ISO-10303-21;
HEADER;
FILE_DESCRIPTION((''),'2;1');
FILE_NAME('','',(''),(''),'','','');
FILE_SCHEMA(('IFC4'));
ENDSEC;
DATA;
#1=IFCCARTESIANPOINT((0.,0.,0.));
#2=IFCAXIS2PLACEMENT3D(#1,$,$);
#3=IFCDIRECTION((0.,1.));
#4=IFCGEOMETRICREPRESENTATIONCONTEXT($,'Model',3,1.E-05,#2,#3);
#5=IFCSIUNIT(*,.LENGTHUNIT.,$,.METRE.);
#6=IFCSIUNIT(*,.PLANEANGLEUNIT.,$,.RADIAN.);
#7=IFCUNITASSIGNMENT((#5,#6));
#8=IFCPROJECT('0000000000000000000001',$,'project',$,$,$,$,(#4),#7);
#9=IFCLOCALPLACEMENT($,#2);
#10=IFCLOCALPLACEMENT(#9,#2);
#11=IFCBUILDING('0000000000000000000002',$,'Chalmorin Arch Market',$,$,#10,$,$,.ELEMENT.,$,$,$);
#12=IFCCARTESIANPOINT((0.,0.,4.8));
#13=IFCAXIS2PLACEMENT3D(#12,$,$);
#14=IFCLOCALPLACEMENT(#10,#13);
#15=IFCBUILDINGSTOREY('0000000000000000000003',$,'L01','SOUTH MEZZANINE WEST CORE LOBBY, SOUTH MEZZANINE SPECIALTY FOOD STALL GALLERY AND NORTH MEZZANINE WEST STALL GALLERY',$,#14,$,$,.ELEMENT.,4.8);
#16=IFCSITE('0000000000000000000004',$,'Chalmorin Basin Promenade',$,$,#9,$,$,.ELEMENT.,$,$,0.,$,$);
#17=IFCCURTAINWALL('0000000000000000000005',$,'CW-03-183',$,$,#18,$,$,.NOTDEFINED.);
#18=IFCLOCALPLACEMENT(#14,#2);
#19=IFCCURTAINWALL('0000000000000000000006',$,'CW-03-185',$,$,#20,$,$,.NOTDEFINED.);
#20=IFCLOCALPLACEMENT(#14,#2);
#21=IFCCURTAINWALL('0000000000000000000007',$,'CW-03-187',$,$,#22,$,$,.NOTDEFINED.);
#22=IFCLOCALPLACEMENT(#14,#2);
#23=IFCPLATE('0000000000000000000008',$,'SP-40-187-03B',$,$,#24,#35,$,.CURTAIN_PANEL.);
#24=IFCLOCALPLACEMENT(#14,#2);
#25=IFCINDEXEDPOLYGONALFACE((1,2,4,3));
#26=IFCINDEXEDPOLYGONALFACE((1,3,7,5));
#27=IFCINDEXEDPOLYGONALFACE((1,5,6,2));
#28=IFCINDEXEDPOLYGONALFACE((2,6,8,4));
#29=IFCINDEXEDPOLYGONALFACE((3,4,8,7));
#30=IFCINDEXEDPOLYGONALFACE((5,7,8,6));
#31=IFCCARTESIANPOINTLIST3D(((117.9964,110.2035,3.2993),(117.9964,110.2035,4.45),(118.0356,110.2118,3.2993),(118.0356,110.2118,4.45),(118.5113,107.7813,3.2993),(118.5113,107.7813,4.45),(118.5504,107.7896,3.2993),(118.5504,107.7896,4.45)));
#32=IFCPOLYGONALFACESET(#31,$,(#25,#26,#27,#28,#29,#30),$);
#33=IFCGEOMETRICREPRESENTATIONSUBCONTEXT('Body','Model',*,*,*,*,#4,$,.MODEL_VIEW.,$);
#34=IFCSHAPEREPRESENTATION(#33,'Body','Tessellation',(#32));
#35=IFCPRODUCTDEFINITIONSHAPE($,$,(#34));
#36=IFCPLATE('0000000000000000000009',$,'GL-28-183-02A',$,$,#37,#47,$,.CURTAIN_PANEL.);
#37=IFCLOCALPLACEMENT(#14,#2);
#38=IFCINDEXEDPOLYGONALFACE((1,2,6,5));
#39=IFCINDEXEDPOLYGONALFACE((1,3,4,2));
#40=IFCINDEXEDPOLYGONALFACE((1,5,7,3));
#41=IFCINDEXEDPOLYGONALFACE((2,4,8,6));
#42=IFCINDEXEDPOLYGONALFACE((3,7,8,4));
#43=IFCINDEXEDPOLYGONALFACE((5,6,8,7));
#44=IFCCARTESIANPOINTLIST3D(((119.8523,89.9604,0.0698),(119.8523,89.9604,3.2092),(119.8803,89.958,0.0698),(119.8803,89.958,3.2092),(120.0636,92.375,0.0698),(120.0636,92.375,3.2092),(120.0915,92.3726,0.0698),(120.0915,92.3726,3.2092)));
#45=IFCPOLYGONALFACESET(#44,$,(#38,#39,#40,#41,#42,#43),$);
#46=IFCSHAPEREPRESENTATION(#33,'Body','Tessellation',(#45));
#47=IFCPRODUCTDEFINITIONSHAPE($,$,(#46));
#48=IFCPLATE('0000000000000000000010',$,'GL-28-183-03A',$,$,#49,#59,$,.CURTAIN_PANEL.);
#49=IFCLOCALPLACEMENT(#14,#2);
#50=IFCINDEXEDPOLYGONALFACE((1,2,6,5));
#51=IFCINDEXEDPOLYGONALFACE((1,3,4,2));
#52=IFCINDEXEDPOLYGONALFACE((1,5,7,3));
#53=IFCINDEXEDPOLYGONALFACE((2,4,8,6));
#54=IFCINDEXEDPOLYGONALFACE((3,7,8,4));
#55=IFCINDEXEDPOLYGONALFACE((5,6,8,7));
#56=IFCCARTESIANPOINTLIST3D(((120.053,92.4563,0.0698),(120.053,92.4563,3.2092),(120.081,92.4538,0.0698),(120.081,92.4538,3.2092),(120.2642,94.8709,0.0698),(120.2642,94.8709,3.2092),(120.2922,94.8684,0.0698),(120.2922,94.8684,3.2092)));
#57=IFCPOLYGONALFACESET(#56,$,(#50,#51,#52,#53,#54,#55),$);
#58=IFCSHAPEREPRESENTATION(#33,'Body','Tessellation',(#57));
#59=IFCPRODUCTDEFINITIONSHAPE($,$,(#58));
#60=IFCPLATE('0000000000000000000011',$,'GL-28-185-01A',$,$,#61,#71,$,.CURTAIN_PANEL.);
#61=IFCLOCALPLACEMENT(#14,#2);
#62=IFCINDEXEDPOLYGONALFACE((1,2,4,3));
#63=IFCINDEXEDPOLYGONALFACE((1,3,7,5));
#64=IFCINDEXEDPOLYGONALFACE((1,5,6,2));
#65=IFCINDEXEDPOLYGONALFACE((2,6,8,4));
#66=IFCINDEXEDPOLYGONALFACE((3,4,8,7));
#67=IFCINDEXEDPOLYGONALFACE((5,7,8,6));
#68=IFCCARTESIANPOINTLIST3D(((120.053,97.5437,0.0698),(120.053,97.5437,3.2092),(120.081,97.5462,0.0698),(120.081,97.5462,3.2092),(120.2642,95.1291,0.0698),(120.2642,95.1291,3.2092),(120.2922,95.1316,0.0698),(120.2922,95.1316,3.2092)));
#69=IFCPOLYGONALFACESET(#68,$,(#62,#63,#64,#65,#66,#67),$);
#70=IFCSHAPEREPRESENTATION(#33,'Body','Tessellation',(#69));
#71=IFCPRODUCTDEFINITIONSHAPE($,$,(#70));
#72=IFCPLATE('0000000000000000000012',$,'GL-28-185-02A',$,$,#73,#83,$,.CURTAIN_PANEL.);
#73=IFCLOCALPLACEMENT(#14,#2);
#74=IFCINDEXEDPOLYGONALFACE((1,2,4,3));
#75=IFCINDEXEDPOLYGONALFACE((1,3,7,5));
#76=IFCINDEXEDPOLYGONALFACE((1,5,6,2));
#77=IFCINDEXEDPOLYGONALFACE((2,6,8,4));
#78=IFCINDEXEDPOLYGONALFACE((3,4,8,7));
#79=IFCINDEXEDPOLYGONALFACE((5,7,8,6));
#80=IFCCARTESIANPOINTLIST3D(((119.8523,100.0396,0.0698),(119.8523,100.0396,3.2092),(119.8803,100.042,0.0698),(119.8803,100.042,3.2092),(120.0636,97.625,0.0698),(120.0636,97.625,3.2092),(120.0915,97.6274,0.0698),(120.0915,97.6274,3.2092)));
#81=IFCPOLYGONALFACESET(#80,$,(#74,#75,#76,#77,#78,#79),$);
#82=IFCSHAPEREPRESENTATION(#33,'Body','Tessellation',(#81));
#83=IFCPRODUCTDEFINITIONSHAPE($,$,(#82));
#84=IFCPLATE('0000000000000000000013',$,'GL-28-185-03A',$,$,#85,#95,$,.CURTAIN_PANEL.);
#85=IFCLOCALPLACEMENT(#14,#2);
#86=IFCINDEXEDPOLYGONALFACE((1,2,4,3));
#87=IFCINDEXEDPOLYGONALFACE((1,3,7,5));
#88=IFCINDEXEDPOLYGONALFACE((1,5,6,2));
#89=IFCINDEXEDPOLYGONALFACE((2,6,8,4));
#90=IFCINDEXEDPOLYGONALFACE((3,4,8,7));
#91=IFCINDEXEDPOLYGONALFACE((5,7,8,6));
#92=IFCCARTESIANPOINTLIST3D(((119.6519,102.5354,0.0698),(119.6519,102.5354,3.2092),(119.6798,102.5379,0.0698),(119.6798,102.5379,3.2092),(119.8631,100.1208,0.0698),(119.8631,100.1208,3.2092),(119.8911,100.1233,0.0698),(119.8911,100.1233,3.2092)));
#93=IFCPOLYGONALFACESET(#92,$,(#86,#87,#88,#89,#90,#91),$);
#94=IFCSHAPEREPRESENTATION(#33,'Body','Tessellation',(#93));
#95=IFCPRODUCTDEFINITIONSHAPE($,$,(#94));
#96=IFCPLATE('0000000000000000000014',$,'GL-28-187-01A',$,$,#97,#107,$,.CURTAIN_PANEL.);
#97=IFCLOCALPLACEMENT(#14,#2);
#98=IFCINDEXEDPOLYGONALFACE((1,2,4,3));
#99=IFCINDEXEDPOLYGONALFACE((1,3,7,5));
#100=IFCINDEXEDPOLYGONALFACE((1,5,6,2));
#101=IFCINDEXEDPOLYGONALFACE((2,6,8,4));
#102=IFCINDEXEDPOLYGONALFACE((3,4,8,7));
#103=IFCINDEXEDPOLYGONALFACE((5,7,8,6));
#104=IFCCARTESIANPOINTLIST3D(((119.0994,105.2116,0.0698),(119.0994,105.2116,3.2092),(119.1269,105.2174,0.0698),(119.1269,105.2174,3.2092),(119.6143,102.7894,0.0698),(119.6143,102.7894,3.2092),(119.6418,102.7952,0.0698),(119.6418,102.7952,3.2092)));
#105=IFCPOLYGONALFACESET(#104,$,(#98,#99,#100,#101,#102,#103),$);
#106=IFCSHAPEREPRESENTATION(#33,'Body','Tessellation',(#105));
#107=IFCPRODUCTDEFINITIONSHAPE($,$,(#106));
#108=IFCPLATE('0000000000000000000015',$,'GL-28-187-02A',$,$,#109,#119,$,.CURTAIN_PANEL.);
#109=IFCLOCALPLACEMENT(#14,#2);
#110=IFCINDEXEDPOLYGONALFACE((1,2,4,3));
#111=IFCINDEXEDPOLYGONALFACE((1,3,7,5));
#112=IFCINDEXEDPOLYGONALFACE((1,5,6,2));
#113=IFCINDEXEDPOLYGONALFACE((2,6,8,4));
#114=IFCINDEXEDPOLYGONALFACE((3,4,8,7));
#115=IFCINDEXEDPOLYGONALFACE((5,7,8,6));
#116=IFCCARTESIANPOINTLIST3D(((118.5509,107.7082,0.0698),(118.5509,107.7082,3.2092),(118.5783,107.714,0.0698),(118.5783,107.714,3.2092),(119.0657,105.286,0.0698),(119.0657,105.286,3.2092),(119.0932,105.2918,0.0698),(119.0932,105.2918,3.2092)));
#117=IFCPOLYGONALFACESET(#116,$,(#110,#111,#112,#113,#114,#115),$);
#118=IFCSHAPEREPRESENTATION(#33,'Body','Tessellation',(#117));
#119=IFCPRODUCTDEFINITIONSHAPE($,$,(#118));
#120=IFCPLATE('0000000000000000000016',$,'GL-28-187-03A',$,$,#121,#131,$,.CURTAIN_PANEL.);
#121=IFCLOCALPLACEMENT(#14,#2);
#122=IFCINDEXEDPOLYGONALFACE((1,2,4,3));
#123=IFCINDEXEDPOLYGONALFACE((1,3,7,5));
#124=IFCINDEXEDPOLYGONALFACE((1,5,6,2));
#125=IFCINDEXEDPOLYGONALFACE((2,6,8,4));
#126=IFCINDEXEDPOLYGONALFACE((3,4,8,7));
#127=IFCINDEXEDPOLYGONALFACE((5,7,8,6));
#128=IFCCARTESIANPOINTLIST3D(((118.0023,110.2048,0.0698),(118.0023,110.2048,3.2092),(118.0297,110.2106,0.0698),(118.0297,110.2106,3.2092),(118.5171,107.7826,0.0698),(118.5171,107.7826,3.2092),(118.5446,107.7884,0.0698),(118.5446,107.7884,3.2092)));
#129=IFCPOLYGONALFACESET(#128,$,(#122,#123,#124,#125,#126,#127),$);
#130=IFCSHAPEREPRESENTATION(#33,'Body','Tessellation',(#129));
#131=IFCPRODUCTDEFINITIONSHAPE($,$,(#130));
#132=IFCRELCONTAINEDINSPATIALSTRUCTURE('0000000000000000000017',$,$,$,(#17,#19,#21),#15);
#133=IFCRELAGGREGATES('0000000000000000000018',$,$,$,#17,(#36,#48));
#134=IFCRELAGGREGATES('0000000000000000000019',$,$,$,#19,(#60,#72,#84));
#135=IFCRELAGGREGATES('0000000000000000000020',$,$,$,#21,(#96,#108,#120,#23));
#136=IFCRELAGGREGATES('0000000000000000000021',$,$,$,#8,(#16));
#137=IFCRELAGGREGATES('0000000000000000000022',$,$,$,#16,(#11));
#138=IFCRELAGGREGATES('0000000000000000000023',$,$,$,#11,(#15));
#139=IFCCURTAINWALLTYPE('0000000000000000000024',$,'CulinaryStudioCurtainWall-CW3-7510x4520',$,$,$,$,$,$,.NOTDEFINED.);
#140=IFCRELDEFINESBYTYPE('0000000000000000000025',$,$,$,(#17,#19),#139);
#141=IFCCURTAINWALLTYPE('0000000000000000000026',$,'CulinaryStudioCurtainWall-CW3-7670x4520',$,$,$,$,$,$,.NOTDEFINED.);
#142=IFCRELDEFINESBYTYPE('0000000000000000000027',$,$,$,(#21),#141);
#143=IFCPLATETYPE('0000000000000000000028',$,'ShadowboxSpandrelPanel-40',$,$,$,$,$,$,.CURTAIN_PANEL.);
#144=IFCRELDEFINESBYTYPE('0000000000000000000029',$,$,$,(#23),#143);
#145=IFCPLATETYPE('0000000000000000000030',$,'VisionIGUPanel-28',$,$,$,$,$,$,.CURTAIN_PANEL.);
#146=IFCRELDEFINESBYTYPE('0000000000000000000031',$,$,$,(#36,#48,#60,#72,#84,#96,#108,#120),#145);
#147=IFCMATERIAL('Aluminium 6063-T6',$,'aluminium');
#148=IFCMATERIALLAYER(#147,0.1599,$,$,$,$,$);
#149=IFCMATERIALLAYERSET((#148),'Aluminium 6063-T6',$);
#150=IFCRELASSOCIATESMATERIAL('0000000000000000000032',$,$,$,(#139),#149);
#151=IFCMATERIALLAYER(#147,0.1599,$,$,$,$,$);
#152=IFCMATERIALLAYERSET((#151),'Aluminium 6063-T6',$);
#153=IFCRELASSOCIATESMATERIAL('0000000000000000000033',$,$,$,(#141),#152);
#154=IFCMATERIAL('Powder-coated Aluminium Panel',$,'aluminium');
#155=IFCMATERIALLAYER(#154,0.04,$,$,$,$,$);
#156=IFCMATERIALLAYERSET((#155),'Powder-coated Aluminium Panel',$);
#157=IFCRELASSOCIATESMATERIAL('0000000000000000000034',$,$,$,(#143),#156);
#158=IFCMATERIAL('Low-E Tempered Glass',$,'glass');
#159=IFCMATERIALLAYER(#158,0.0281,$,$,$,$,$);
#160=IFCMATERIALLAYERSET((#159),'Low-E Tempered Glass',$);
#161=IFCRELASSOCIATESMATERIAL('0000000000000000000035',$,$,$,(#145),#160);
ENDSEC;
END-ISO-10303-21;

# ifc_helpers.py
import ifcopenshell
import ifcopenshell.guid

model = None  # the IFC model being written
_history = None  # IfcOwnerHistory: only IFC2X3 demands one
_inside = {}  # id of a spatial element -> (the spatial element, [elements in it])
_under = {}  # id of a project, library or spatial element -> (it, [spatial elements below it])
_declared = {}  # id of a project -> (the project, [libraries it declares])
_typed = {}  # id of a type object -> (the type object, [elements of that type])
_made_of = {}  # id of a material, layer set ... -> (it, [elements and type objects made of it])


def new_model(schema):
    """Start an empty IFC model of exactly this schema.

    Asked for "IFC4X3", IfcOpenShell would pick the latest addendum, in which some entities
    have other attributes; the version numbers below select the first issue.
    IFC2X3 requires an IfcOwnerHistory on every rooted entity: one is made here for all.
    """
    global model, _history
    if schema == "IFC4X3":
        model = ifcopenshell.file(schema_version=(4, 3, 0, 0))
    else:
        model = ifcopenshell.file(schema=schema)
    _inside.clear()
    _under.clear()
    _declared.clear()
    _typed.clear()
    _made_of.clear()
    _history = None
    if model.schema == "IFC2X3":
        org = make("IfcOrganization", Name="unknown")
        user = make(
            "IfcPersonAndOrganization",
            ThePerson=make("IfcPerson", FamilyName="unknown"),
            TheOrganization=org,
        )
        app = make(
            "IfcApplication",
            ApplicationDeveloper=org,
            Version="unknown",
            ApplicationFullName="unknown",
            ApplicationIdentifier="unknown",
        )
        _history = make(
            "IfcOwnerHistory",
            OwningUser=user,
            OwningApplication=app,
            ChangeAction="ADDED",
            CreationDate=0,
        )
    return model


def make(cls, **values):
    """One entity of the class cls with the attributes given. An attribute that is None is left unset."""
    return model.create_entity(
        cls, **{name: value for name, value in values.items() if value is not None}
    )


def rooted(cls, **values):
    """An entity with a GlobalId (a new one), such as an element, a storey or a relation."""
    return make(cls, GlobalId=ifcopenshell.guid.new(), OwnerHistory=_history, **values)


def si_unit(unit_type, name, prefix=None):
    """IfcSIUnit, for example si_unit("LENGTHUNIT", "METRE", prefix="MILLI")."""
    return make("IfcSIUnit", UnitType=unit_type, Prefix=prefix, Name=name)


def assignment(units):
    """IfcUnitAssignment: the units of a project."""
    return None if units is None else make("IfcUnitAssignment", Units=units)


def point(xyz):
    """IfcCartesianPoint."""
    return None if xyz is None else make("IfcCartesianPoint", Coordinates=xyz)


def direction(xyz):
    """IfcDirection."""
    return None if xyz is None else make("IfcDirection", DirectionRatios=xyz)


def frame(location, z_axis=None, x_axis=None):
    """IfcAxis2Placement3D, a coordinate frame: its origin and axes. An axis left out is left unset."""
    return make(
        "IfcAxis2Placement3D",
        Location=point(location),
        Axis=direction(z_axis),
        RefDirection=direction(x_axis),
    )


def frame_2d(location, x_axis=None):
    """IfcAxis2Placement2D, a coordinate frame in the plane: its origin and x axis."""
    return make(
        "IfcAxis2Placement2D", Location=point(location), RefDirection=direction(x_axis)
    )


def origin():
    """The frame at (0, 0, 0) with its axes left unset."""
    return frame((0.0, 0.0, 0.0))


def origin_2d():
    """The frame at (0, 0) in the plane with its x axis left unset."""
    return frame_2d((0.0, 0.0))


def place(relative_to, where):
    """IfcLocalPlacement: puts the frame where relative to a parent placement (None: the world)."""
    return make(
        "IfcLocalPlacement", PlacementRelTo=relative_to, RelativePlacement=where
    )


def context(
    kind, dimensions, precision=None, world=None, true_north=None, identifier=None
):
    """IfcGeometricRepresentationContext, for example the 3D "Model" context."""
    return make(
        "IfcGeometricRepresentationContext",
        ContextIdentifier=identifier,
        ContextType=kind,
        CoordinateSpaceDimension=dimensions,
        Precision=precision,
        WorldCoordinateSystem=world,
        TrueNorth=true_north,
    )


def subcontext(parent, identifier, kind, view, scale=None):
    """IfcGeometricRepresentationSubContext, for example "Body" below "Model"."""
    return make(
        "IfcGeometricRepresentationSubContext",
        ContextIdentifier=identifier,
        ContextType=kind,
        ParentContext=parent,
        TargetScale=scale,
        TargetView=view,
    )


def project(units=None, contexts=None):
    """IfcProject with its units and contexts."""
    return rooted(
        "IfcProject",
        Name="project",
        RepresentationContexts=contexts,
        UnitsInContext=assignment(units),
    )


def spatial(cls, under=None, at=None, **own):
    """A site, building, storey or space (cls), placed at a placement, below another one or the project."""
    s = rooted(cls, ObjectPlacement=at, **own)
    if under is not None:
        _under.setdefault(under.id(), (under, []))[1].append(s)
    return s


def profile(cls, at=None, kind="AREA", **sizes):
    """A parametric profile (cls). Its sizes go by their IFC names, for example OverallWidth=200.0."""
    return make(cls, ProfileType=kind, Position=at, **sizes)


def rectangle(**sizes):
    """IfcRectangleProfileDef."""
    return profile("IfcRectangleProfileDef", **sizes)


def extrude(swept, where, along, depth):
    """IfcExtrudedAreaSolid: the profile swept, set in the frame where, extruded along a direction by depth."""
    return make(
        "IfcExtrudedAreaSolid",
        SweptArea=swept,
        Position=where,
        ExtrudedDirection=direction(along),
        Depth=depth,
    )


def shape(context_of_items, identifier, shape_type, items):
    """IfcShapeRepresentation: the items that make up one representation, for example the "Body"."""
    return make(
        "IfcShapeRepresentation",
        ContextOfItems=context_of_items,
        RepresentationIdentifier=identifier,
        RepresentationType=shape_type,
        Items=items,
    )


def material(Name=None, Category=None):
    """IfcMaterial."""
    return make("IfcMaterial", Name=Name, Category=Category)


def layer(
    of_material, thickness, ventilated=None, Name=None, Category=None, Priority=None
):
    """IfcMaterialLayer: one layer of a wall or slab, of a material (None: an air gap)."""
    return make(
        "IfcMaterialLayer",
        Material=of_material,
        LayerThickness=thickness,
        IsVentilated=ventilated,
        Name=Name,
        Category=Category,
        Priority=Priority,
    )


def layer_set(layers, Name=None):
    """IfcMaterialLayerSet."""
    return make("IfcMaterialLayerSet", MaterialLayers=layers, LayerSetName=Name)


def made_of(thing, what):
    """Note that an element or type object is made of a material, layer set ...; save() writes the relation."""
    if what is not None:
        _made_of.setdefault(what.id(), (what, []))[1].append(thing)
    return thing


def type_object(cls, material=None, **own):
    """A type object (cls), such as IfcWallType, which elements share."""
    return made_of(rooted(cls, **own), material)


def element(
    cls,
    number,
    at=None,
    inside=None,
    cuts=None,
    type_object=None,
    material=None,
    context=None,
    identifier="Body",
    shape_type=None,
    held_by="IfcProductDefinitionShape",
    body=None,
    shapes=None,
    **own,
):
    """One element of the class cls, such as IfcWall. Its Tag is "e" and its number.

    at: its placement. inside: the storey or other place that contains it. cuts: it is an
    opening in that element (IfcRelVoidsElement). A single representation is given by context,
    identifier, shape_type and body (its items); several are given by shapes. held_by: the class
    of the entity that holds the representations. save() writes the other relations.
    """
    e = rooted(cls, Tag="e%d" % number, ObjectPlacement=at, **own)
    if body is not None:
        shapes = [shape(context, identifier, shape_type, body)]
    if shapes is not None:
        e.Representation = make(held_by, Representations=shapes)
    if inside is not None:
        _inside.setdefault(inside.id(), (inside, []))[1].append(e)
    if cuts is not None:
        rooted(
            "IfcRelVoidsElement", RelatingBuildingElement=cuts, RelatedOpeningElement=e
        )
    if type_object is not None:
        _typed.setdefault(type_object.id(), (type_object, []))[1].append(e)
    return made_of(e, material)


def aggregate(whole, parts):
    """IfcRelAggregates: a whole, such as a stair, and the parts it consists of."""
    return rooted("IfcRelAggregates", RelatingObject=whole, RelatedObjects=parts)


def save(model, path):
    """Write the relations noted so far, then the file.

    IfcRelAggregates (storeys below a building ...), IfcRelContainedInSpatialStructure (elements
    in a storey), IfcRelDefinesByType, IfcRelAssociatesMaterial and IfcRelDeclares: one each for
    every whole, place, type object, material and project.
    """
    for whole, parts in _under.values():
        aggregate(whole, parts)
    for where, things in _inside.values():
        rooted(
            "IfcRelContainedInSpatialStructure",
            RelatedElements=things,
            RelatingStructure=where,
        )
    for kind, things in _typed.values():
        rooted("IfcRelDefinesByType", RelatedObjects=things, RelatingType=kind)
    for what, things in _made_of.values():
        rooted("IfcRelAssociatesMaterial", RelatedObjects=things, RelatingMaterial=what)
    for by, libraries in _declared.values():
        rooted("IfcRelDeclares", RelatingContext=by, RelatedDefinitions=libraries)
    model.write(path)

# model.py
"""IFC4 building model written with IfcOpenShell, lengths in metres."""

from ifc_helpers import new_model, si_unit, direction, frame, origin, origin_2d, place, context, subcontext, project, spatial, rectangle, extrude, material, layer, layer_set, type_object, element, aggregate, save


model = new_model("IFC4")

# Units and contexts
model_context = context("Model", 3, precision=1e-05, world=origin(), true_north=direction((0.0, 1.0)))
body_context = subcontext(model_context, "Body", "Model", "MODEL_VIEW")
ifc_project = project(units=[si_unit("LENGTHUNIT", "METRE"), si_unit("PLANEANGLEUNIT", "RADIAN")], contexts=[model_context])

# Site, building, storey
site_placement = place(None, origin())
site = spatial("IfcSite", under=ifc_project, at=site_placement, Name="Chalmorin Basin Promenade", CompositionType="ELEMENT", RefElevation=0.0)
building_placement = place(site_placement, origin())
building = spatial("IfcBuilding", under=site, at=building_placement, Name="Chalmorin Arch Market", CompositionType="ELEMENT")
storey_placement = place(building_placement, frame((0.0, 0.0, 4.8)))
storey = spatial("IfcBuildingStorey", under=building, at=storey_placement, Name="L01", Description="SOUTH MEZZANINE WEST CORE LOBBY, SOUTH MEZZANINE SPECIALTY FOOD STALL GALLERY AND NORTH MEZZANINE WEST STALL GALLERY", CompositionType="ELEMENT", Elevation=4.8)

# Curtain walls
ifc_material_1 = material(Name="Aluminium 6063-T6", Category="aluminium")
ifc_layer_1 = layer(ifc_material_1, 0.1599)
ifc_layer_set_1 = layer_set([ifc_layer_1], Name="Aluminium 6063-T6")
curtain_wall_type_1 = type_object("IfcCurtainWallType", Name="CulinaryStudioCurtainWall-CW3-7510x4520", PredefinedType="NOTDEFINED", material=ifc_layer_set_1)
curtain_wall_1_placement = place(storey_placement, origin())
curtain_wall_1 = element("IfcCurtainWall", 1, at=curtain_wall_1_placement, inside=storey, type_object=curtain_wall_type_1, Name="CW-03-183", PredefinedType="NOTDEFINED")
curtain_wall_2_placement = place(storey_placement, origin())
curtain_wall_2 = element("IfcCurtainWall", 2, at=curtain_wall_2_placement, inside=storey, type_object=curtain_wall_type_1, Name="CW-03-185", PredefinedType="NOTDEFINED")
ifc_layer_2 = layer(ifc_material_1, 0.1599)
ifc_layer_set_2 = layer_set([ifc_layer_2], Name="Aluminium 6063-T6")
curtain_wall_type_2 = type_object("IfcCurtainWallType", Name="CulinaryStudioCurtainWall-CW3-7670x4520", PredefinedType="NOTDEFINED", material=ifc_layer_set_2)
curtain_wall_3_placement = place(storey_placement, origin())
curtain_wall_3 = element("IfcCurtainWall", 3, at=curtain_wall_3_placement, inside=storey, type_object=curtain_wall_type_2, Name="CW-03-187", PredefinedType="NOTDEFINED")

# Plates
ifc_material_2 = material(Name="Powder-coated Aluminium Panel", Category="aluminium")
ifc_layer_3 = layer(ifc_material_2, 0.04)
ifc_layer_set_3 = layer_set([ifc_layer_3], Name="Powder-coated Aluminium Panel")
plate_type_1 = type_object("IfcPlateType", Name="ShadowboxSpandrelPanel-40", PredefinedType="CURTAIN_PANEL", material=ifc_layer_set_3)
plate_1_placement = place(storey_placement, frame((118.2734, 108.9966, 3.2993), z_axis=(0.0, 0.0, 1.0), x_axis=(-0.207912, 0.978148, 0.0)))
plate_1 = element("IfcPlate", 4, at=plate_1_placement, type_object=plate_type_1, Name="SP-40-187-03B", PredefinedType="CURTAIN_PANEL", context=body_context, shape_type="SweptSolid", body=[
    extrude(rectangle(XDim=2.4763, YDim=0.04, at=origin_2d()), origin(), (0.0, 0.0, 1.0), 1.1506),
])
ifc_material_3 = material(Name="Low-E Tempered Glass", Category="glass")
ifc_layer_4 = layer(ifc_material_3, 0.0281)
ifc_layer_set_4 = layer_set([ifc_layer_4], Name="Low-E Tempered Glass")
plate_type_2 = type_object("IfcPlateType", Name="VisionIGUPanel-28", PredefinedType="CURTAIN_PANEL", material=ifc_layer_set_4)
plate_2_placement = place(storey_placement, frame((119.9719, 91.1665, 0.0698), z_axis=(0.0, 0.0, 1.0), x_axis=(0.087156, 0.996195, 0.0)))
plate_2 = element("IfcPlate", 5, at=plate_2_placement, type_object=plate_type_2, Name="GL-28-183-02A", PredefinedType="CURTAIN_PANEL", context=body_context, shape_type="SweptSolid", body=[
    extrude(rectangle(XDim=2.4238, YDim=0.0281, at=origin_2d()), origin(), (0.0, 0.0, 1.0), 3.1394),
])
plate_3_placement = place(storey_placement, frame((120.1726, 93.6624, 0.0698), z_axis=(0.0, 0.0, 1.0), x_axis=(0.087156, 0.996195, 0.0)))
plate_3 = element("IfcPlate", 6, at=plate_3_placement, type_object=plate_type_2, Name="GL-28-183-03A", PredefinedType="CURTAIN_PANEL", context=body_context, shape_type="SweptSolid", body=[
    extrude(rectangle(XDim=2.4238, YDim=0.0281, at=origin_2d()), origin(), (0.0, 0.0, 1.0), 3.1394),
])
aggregate(curtain_wall_1, [plate_2, plate_3])
plate_4_placement = place(storey_placement, frame((120.1726, 96.3376, 0.0698), z_axis=(0.0, 0.0, 1.0), x_axis=(-0.087156, 0.996195, 0.0)))
plate_4 = element("IfcPlate", 7, at=plate_4_placement, type_object=plate_type_2, Name="GL-28-185-01A", PredefinedType="CURTAIN_PANEL", context=body_context, shape_type="SweptSolid", body=[
    extrude(rectangle(XDim=2.4238, YDim=0.0281, at=origin_2d()), origin(), (0.0, 0.0, 1.0), 3.1394),
])
plate_5_placement = place(storey_placement, frame((119.9719, 98.8335, 0.0698), z_axis=(0.0, 0.0, 1.0), x_axis=(-0.087156, 0.996195, 0.0)))
plate_5 = element("IfcPlate", 8, at=plate_5_placement, type_object=plate_type_2, Name="GL-28-185-02A", PredefinedType="CURTAIN_PANEL", context=body_context, shape_type="SweptSolid", body=[
    extrude(rectangle(XDim=2.4238, YDim=0.0281, at=origin_2d()), origin(), (0.0, 0.0, 1.0), 3.1394),
])
plate_6_placement = place(storey_placement, frame((119.7715, 101.3293, 0.0698), z_axis=(0.0, 0.0, 1.0), x_axis=(-0.087156, 0.996195, 0.0)))
plate_6 = element("IfcPlate", 9, at=plate_6_placement, type_object=plate_type_2, Name="GL-28-185-03A", PredefinedType="CURTAIN_PANEL", context=body_context, shape_type="SweptSolid", body=[
    extrude(rectangle(XDim=2.4238, YDim=0.0281, at=origin_2d()), origin(), (0.0, 0.0, 1.0), 3.1394),
])
aggregate(curtain_wall_2, [plate_4, plate_5, plate_6])
plate_7_placement = place(storey_placement, frame((119.3706, 104.0034, 0.0698), z_axis=(0.0, 0.0, 1.0), x_axis=(-0.207912, 0.978148, 0.0)))
plate_7 = element("IfcPlate", 10, at=plate_7_placement, type_object=plate_type_2, Name="GL-28-187-01A", PredefinedType="CURTAIN_PANEL", context=body_context, shape_type="SweptSolid", body=[
    extrude(rectangle(XDim=2.4763, YDim=0.0281, at=origin_2d()), origin(), (0.0, 0.0, 1.0), 3.1394),
])
plate_8_placement = place(storey_placement, frame((118.822, 106.5, 0.0698), z_axis=(0.0, 0.0, 1.0), x_axis=(-0.207912, 0.978148, 0.0)))
plate_8 = element("IfcPlate", 11, at=plate_8_placement, type_object=plate_type_2, Name="GL-28-187-02A", PredefinedType="CURTAIN_PANEL", context=body_context, shape_type="SweptSolid", body=[
    extrude(rectangle(XDim=2.4763, YDim=0.0281, at=origin_2d()), origin(), (0.0, 0.0, 1.0), 3.1394),
])
plate_9_placement = place(storey_placement, frame((118.2734, 108.9966, 0.0698), z_axis=(0.0, 0.0, 1.0), x_axis=(-0.207912, 0.978148, 0.0)))
plate_9 = element("IfcPlate", 12, at=plate_9_placement, type_object=plate_type_2, Name="GL-28-187-03A", PredefinedType="CURTAIN_PANEL", context=body_context, shape_type="SweptSolid", body=[
    extrude(rectangle(XDim=2.4763, YDim=0.0281, at=origin_2d()), origin(), (0.0, 0.0, 1.0), 3.1394),
])
aggregate(curtain_wall_3, [plate_7, plate_8, plate_9, plate_1])

save(model, "model.ifc")
